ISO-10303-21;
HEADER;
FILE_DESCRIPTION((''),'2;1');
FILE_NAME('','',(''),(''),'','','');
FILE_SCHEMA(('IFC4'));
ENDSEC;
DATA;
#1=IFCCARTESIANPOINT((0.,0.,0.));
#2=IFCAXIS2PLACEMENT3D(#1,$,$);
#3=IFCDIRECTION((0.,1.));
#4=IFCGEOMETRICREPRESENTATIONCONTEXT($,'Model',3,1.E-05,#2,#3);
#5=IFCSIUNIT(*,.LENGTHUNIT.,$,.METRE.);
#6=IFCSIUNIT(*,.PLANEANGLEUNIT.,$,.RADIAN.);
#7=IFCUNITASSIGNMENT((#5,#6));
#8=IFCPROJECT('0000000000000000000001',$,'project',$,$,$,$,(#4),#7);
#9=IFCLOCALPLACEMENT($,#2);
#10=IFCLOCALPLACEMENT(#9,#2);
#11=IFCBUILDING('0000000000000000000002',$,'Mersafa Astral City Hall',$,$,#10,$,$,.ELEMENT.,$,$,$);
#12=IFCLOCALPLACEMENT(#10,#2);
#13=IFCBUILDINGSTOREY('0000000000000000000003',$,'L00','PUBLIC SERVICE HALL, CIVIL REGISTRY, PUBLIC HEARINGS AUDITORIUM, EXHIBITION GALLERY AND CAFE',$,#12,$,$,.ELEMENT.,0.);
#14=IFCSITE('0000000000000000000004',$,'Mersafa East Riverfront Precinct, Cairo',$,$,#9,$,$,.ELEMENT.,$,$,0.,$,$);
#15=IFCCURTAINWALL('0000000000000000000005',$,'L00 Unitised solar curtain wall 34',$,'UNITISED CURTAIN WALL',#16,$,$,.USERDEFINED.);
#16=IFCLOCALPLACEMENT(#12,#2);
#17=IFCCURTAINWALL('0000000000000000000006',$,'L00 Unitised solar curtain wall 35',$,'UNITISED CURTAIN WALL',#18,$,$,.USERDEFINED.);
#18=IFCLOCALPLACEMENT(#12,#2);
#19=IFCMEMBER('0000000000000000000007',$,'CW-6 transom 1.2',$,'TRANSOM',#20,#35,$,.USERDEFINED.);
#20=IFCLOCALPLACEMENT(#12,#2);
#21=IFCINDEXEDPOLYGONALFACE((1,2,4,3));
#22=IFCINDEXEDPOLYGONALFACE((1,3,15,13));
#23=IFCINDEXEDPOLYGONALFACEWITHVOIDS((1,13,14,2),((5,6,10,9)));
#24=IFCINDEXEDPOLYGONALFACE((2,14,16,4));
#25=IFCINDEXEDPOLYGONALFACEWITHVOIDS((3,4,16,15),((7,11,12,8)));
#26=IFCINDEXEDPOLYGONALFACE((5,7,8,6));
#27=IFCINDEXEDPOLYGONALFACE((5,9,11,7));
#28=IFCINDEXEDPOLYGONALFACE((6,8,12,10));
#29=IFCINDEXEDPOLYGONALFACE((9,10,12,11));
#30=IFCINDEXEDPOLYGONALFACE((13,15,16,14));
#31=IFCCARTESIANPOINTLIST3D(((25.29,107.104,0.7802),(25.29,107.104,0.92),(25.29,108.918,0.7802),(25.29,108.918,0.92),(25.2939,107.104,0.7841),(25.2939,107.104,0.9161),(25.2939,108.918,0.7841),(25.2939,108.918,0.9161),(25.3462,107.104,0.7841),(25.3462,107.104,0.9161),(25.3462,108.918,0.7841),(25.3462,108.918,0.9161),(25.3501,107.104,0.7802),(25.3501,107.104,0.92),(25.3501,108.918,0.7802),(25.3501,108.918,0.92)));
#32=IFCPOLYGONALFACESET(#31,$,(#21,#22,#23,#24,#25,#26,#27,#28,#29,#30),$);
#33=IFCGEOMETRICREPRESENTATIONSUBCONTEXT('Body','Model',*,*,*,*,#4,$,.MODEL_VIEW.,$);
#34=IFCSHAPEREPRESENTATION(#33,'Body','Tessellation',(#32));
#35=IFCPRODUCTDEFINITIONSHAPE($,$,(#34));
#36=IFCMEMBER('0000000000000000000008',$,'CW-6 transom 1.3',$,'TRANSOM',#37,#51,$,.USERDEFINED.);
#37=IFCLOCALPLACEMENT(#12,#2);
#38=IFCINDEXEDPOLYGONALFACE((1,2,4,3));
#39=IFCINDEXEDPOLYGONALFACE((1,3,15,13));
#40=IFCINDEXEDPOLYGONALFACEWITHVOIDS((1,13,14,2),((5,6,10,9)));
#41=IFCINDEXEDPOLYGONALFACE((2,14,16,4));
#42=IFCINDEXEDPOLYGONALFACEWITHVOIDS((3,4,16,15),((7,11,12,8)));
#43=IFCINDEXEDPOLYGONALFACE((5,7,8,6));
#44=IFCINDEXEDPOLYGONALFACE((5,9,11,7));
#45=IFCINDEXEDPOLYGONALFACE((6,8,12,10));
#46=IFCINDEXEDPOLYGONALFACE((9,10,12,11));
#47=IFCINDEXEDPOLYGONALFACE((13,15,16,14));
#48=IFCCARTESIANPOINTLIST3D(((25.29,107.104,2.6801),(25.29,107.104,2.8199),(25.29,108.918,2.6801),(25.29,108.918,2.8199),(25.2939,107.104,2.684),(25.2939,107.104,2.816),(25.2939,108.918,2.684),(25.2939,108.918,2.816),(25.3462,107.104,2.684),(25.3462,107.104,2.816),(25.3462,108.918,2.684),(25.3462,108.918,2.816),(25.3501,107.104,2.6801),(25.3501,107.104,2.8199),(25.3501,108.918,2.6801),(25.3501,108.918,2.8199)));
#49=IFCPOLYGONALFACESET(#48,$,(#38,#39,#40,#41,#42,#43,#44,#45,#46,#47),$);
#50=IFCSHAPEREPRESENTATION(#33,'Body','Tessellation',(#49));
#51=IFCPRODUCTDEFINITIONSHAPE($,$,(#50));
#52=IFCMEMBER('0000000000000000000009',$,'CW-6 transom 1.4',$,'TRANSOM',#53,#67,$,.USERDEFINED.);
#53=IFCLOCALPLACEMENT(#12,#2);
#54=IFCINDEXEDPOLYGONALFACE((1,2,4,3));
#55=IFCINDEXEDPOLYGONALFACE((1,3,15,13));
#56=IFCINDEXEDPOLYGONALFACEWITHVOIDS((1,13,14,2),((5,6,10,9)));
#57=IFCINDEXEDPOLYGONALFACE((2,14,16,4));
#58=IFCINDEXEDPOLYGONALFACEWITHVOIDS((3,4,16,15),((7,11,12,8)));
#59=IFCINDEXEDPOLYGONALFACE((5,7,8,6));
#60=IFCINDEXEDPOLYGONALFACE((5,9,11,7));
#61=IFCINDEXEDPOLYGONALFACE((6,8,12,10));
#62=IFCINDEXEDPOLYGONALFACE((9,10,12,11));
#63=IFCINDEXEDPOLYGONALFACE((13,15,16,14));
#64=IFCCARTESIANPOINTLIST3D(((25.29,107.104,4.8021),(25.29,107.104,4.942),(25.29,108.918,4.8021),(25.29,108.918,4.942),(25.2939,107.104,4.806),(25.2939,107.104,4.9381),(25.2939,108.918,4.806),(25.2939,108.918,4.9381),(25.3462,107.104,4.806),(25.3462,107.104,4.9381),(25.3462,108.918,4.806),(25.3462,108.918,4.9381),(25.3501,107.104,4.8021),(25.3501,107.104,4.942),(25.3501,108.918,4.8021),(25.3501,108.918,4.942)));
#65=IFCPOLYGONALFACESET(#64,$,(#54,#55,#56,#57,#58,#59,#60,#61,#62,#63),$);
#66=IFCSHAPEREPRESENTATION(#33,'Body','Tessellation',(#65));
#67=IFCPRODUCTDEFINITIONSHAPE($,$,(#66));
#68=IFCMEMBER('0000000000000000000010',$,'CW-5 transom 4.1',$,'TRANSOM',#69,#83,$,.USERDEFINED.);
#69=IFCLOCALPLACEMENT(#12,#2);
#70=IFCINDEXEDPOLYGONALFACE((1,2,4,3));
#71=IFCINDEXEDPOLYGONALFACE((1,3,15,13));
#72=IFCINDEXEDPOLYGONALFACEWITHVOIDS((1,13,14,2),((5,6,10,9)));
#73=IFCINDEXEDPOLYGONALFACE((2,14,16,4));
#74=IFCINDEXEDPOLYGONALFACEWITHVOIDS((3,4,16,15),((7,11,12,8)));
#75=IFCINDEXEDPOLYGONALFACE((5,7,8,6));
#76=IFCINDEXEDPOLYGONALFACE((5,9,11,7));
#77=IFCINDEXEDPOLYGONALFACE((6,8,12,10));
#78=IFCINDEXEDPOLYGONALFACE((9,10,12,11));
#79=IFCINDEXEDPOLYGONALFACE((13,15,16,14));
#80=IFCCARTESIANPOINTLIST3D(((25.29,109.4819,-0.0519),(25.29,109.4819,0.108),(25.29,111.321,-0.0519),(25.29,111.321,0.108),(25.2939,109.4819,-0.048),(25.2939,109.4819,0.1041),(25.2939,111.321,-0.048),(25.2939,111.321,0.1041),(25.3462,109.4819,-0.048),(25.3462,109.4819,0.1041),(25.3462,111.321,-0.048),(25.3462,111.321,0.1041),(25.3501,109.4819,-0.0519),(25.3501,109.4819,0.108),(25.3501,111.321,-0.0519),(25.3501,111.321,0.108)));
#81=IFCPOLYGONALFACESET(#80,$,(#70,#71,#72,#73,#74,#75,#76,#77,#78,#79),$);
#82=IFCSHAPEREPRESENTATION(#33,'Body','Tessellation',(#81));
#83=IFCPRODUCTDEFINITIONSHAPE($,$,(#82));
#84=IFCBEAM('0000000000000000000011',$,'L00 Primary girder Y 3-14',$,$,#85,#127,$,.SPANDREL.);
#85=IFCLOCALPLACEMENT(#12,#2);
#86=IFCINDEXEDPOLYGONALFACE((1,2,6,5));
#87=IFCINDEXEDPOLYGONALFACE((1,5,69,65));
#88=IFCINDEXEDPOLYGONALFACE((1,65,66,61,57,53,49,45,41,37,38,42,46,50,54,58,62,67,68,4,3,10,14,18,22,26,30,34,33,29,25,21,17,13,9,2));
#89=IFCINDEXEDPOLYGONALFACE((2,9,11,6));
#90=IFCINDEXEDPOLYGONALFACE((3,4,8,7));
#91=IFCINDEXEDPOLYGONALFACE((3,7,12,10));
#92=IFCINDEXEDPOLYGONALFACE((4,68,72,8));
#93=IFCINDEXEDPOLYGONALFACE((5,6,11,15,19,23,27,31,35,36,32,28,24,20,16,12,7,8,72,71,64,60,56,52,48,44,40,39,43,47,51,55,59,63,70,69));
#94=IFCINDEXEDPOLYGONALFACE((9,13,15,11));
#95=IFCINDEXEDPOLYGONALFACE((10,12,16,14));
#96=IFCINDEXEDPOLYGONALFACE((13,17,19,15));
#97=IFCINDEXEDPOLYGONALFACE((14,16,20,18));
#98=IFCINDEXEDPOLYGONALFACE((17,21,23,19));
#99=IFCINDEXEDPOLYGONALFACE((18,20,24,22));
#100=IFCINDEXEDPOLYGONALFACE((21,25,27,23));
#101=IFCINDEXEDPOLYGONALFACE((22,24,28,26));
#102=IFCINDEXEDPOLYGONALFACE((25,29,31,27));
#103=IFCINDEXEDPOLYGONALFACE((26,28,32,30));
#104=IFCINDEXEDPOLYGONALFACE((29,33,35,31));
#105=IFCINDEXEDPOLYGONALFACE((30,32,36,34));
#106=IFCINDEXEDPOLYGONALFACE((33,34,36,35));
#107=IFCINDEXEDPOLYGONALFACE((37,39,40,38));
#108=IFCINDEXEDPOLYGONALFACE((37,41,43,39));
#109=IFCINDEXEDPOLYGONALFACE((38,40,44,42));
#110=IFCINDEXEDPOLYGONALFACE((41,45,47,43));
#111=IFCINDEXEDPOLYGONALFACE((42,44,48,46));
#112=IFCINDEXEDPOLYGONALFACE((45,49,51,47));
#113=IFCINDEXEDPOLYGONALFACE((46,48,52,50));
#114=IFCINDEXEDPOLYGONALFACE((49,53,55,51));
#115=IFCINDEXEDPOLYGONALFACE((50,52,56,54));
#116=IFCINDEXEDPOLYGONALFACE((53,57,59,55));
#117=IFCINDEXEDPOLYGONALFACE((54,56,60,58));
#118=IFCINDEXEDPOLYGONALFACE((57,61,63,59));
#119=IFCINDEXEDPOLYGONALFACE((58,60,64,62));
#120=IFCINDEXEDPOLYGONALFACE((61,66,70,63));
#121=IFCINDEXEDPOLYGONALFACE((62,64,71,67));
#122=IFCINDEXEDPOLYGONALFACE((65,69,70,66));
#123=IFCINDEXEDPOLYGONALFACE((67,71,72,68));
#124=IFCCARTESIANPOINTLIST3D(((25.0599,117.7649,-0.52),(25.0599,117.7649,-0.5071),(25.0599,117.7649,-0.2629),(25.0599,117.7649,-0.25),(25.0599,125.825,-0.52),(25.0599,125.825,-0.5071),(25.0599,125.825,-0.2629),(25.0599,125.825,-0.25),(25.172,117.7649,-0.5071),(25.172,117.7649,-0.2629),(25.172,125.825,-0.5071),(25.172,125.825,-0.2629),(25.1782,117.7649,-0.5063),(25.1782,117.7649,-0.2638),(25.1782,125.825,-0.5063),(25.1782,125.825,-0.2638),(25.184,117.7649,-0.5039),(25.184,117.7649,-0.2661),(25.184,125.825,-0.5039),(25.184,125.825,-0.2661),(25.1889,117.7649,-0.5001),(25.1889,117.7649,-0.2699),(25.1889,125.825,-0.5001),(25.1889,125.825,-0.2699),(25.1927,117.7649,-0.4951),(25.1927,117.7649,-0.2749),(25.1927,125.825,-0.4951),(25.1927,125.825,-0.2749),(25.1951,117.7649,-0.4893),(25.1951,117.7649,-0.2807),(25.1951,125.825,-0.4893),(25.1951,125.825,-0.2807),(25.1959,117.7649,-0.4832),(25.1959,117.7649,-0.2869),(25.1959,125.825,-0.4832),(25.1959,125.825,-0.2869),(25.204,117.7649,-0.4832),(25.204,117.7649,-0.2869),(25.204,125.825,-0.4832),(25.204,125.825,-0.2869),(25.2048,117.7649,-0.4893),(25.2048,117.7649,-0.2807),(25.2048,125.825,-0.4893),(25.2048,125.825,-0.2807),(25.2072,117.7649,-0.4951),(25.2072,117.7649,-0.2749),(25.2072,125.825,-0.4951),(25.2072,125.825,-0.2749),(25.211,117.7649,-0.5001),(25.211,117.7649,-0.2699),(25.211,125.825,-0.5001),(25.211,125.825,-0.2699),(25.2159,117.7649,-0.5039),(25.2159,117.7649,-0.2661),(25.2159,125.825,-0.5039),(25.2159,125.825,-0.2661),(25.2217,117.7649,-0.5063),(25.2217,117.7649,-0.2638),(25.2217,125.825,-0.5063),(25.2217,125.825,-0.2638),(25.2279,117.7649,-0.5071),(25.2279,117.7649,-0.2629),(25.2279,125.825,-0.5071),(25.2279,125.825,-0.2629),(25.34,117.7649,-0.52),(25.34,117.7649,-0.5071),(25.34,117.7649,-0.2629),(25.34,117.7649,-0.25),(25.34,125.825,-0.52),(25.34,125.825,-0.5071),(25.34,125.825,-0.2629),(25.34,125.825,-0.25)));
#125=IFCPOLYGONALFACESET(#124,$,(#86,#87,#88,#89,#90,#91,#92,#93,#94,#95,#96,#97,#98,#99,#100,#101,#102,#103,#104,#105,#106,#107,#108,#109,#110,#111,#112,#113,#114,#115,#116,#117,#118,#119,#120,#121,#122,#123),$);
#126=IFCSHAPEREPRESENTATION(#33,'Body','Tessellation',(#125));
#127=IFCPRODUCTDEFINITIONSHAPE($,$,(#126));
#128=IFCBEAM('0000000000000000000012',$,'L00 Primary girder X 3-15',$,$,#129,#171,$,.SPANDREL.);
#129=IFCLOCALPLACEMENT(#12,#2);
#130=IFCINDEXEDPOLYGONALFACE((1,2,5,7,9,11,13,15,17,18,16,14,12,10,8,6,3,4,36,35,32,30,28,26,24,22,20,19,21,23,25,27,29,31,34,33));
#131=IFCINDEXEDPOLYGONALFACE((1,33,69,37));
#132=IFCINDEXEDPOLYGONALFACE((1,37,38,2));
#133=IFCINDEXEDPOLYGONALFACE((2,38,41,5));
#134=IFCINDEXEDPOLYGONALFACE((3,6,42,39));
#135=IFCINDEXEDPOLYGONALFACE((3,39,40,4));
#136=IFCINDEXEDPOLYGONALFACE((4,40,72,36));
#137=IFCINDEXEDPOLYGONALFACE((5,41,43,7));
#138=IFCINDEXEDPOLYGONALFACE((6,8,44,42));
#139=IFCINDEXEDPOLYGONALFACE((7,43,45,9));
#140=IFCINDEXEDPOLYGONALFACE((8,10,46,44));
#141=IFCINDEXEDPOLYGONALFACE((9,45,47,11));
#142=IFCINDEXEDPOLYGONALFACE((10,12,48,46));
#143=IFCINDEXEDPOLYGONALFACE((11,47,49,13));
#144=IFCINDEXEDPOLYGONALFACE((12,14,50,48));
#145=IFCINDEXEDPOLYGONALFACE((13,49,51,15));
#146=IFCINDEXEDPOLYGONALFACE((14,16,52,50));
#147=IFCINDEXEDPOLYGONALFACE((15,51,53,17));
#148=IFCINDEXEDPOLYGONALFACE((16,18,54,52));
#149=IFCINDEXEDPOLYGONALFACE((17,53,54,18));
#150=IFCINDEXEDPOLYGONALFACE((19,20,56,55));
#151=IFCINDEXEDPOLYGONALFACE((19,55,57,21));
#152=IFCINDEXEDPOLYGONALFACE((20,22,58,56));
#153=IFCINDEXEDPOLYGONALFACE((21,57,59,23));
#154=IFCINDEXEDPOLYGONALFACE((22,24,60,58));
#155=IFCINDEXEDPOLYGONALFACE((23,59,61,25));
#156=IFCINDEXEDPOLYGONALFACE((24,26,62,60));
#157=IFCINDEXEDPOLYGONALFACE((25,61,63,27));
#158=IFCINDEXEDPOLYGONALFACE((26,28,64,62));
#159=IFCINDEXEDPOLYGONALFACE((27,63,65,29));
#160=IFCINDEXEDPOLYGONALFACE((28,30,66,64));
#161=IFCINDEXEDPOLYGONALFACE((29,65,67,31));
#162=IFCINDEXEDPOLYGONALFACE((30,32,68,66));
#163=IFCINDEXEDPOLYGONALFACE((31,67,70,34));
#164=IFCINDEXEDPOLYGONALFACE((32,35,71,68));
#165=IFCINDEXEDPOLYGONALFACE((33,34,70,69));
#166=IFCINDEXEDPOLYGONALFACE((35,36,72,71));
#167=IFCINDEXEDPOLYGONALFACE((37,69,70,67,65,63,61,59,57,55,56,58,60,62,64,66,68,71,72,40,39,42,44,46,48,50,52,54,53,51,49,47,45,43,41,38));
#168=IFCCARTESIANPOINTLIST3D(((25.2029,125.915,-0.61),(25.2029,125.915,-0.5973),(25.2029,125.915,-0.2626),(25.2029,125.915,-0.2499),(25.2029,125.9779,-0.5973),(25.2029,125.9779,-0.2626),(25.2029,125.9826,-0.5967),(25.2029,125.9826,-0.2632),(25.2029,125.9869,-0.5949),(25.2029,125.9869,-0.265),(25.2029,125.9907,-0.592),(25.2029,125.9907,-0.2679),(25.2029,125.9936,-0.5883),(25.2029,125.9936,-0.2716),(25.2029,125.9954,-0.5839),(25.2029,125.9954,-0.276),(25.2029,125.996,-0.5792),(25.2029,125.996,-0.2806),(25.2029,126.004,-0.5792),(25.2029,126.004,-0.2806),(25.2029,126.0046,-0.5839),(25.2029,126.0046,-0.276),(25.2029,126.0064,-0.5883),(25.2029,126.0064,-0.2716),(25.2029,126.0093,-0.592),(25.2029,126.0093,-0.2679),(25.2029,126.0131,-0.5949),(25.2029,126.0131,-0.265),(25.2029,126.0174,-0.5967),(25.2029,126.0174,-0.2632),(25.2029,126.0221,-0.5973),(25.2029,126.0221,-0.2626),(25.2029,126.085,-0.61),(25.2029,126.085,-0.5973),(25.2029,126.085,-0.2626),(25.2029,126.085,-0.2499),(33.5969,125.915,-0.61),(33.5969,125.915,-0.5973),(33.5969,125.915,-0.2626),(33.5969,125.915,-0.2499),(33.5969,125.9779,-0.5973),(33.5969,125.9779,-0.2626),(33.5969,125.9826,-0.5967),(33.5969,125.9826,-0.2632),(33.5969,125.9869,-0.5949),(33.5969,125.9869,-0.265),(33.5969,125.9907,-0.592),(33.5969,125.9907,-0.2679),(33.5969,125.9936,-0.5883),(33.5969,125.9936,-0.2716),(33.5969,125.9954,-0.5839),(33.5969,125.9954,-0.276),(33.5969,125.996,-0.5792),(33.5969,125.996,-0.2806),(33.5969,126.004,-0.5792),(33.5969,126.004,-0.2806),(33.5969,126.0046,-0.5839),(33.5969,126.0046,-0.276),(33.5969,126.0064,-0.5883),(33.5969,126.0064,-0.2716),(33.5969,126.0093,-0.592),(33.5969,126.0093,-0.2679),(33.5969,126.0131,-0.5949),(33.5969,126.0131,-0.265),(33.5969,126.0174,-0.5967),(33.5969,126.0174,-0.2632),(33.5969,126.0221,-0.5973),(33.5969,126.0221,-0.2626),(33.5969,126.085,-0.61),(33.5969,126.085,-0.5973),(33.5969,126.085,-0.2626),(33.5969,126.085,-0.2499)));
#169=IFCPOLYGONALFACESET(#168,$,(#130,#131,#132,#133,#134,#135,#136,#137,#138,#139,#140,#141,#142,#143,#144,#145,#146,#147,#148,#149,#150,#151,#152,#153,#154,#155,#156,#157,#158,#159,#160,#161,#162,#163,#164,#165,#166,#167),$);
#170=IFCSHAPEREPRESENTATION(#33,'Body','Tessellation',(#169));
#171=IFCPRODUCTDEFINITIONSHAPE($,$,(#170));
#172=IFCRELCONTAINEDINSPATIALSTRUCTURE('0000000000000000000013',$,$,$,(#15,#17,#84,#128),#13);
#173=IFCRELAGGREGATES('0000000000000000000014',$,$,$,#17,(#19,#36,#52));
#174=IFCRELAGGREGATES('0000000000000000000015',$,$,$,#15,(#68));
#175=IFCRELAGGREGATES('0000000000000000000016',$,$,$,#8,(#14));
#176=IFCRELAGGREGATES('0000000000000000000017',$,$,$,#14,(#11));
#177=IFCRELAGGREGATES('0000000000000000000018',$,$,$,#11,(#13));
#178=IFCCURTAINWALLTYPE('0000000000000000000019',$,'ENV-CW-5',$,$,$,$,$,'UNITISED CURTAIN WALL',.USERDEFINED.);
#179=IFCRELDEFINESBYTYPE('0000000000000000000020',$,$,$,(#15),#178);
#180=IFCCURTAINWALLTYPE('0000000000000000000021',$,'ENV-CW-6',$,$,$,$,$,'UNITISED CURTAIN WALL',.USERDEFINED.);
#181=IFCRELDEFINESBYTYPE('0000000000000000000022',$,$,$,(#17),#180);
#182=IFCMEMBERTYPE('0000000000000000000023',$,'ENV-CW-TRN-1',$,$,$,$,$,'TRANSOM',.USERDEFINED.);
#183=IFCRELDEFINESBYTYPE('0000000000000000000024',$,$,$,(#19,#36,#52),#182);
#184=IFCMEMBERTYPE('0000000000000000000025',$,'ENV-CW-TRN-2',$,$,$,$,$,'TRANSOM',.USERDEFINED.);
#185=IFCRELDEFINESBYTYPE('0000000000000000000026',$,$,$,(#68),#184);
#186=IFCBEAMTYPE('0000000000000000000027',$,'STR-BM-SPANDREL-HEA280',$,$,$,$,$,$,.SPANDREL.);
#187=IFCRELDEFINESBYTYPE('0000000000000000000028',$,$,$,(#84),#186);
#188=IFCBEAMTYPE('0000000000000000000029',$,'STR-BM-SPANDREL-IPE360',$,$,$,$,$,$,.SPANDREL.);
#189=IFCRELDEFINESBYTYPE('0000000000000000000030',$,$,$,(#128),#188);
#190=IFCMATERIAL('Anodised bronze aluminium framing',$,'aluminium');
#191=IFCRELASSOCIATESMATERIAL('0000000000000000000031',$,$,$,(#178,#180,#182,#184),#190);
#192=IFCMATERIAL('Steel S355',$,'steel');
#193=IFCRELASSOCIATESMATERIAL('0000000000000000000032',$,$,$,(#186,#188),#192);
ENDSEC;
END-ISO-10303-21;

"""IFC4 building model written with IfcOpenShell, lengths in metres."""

from ifc_helpers import new_model, si_unit, direction, frame, origin, origin_2d, place, context, subcontext, project, spatial, hollow_rectangle, i_section, extrude, material, material_profile, profile_set, type_object, element, aggregate, save


model = new_model("IFC4")

# Units and contexts
model_context = context("Model", 3, precision=1e-05, world=origin(), true_north=direction((0.0, 1.0)))
body_context = subcontext(model_context, "Body", "Model", "MODEL_VIEW")
ifc_project = project(units=[si_unit("LENGTHUNIT", "METRE"), si_unit("PLANEANGLEUNIT", "RADIAN")], contexts=[model_context])

# Site, building, storey
site_placement = place(None, origin())
site = spatial("IfcSite", under=ifc_project, at=site_placement, Name="Mersafa East Riverfront Precinct, Cairo", CompositionType="ELEMENT", RefElevation=0.0)
building_placement = place(site_placement, origin())
building = spatial("IfcBuilding", under=site, at=building_placement, Name="Mersafa Astral City Hall", CompositionType="ELEMENT")
storey_placement = place(building_placement, origin())
storey = spatial("IfcBuildingStorey", under=building, at=storey_placement, Name="L00", Description="PUBLIC SERVICE HALL, CIVIL REGISTRY, PUBLIC HEARINGS AUDITORIUM, EXHIBITION GALLERY AND CAFE", CompositionType="ELEMENT", Elevation=0.0)

# Shared definitions
ifc_material_1 = material(Name="Steel S355", Category="steel")

# Curtain wall
ifc_material_2 = material(Name="Anodised bronze aluminium framing", Category="aluminium")
curtain_wall_type_1 = type_object("IfcCurtainWallType", Name="ENV-CW-5", ElementType="UNITISED CURTAIN WALL", PredefinedType="USERDEFINED", material=ifc_material_2)
curtain_wall_1_placement = place(storey_placement, origin())
curtain_wall_1 = element("IfcCurtainWall", 1, at=curtain_wall_1_placement, inside=storey, type_object=curtain_wall_type_1, Name="L00 Unitised solar curtain wall 34", ObjectType="UNITISED CURTAIN WALL", PredefinedType="USERDEFINED")

# Curtain wall, members
curtain_wall_type_2 = type_object("IfcCurtainWallType", Name="ENV-CW-6", ElementType="UNITISED CURTAIN WALL", PredefinedType="USERDEFINED", material=ifc_material_2)
curtain_wall_2_placement = place(storey_placement, origin())
curtain_wall_2 = element("IfcCurtainWall", 2, at=curtain_wall_2_placement, inside=storey, type_object=curtain_wall_type_2, Name="L00 Unitised solar curtain wall 35", ObjectType="UNITISED CURTAIN WALL", PredefinedType="USERDEFINED")
ifc_material_profile_1 = material_profile(ifc_material_2, hollow_rectangle(XDim=0.0601, YDim=0.1399, WallThickness=0.0039, at=origin_2d()), Name="RHS 60x140x4")
ifc_profile_set_1 = profile_set([ifc_material_profile_1], Name="Anodised bronze aluminium framing")
member_type_1 = type_object("IfcMemberType", Name="ENV-CW-TRN-1", ElementType="TRANSOM", PredefinedType="USERDEFINED", material=ifc_profile_set_1)
member_1_placement = place(storey_placement, frame((25.3201, 108.918, 0.8501), z_axis=(0.0, -1.0, 0.0), x_axis=(1.0, 0.0, 0.0)))
member_1 = element("IfcMember", 3, at=member_1_placement, type_object=member_type_1, Name="CW-6 transom 1.2", ObjectType="TRANSOM", PredefinedType="USERDEFINED", context=body_context, shape_type="SweptSolid", body=[
    extrude(hollow_rectangle(XDim=0.0601, YDim=0.1399, WallThickness=0.0039, at=origin_2d()), origin(), (0.0, 0.0, 1.0), 1.814),
])
member_2_placement = place(storey_placement, frame((25.3201, 108.918, 2.75), z_axis=(0.0, -1.0, 0.0), x_axis=(1.0, 0.0, 0.0)))
member_2 = element("IfcMember", 4, at=member_2_placement, type_object=member_type_1, Name="CW-6 transom 1.3", ObjectType="TRANSOM", PredefinedType="USERDEFINED", context=body_context, shape_type="SweptSolid", body=[
    extrude(hollow_rectangle(XDim=0.0601, YDim=0.1399, WallThickness=0.0039, at=origin_2d()), origin(), (0.0, 0.0, 1.0), 1.814),
])
member_3_placement = place(storey_placement, frame((25.3201, 108.918, 4.8721), z_axis=(0.0, -1.0, 0.0), x_axis=(1.0, 0.0, 0.0)))
member_3 = element("IfcMember", 5, at=member_3_placement, type_object=member_type_1, Name="CW-6 transom 1.4", ObjectType="TRANSOM", PredefinedType="USERDEFINED", context=body_context, shape_type="SweptSolid", body=[
    extrude(hollow_rectangle(XDim=0.0601, YDim=0.1399, WallThickness=0.0039, at=origin_2d()), origin(), (0.0, 0.0, 1.0), 1.814),
])
aggregate(curtain_wall_2, [member_1, member_2, member_3])

# Member
ifc_material_profile_2 = material_profile(ifc_material_2, hollow_rectangle(XDim=0.0601, YDim=0.1599, WallThickness=0.0039, at=origin_2d()), Name="RHS 60x160x4")
ifc_profile_set_2 = profile_set([ifc_material_profile_2], Name="Anodised bronze aluminium framing")
member_type_2 = type_object("IfcMemberType", Name="ENV-CW-TRN-2", ElementType="TRANSOM", PredefinedType="USERDEFINED", material=ifc_profile_set_2)
member_4_placement = place(storey_placement, frame((25.3201, 111.321, 0.0281), z_axis=(0.0, -1.0, 0.0), x_axis=(1.0, 0.0, 0.0)))
member_4 = element("IfcMember", 6, at=member_4_placement, type_object=member_type_2, Name="CW-5 transom 4.1", ObjectType="TRANSOM", PredefinedType="USERDEFINED", context=body_context, shape_type="SweptSolid", body=[
    extrude(hollow_rectangle(XDim=0.0601, YDim=0.1599, WallThickness=0.0039, at=origin_2d()), origin(), (0.0, 0.0, 1.0), 1.8391),
])

# Beams
ifc_material_profile_3 = material_profile(ifc_material_1, i_section(OverallWidth=0.28, OverallDepth=0.27, WebThickness=0.0081, FlangeThickness=0.0129, FilletRadius=0.0239, at=origin_2d()), Name="HEA 280")
ifc_profile_set_3 = profile_set([ifc_material_profile_3], Name="Steel S355")
beam_type_1 = type_object("IfcBeamType", Name="STR-BM-SPANDREL-HEA280", PredefinedType="SPANDREL", material=ifc_profile_set_3)
beam_1_placement = place(storey_placement, frame((25.2, 117.7649, -0.385), z_axis=(0.0, 1.0, 0.0), x_axis=(-1.0, 0.0, 0.0)))
element("IfcBeam", 7, at=beam_1_placement, inside=storey, type_object=beam_type_1, Name="L00 Primary girder Y 3-14", PredefinedType="SPANDREL", context=body_context, shape_type="SweptSolid", body=[
    extrude(i_section(OverallWidth=0.28, OverallDepth=0.27, WebThickness=0.0081, FlangeThickness=0.0129, FilletRadius=0.0239, at=origin_2d()), origin(), (0.0, 0.0, 1.0), 8.0601),
])
ifc_material_profile_4 = material_profile(ifc_material_1, i_section(OverallWidth=0.1699, OverallDepth=0.3601, WebThickness=0.0081, FlangeThickness=0.0127, FilletRadius=0.0181, at=origin_2d()), Name="IPE 360")
ifc_profile_set_4 = profile_set([ifc_material_profile_4], Name="Steel S355")
beam_type_2 = type_object("IfcBeamType", Name="STR-BM-SPANDREL-IPE360", PredefinedType="SPANDREL", material=ifc_profile_set_4)
beam_2_placement = place(storey_placement, frame((25.2029, 126.0, -0.4299), z_axis=(1.0, 0.0, 0.0), x_axis=(0.0, 1.0, 0.0)))
element("IfcBeam", 8, at=beam_2_placement, inside=storey, type_object=beam_type_2, Name="L00 Primary girder X 3-15", PredefinedType="SPANDREL", context=body_context, shape_type="SweptSolid", body=[
    extrude(i_section(OverallWidth=0.1699, OverallDepth=0.3601, WebThickness=0.0081, FlangeThickness=0.0127, FilletRadius=0.0181, at=origin_2d()), origin(), (0.0, 0.0, 1.0), 8.394),
])

aggregate(curtain_wall_1, [member_4])

save(model, "model.ifc")
